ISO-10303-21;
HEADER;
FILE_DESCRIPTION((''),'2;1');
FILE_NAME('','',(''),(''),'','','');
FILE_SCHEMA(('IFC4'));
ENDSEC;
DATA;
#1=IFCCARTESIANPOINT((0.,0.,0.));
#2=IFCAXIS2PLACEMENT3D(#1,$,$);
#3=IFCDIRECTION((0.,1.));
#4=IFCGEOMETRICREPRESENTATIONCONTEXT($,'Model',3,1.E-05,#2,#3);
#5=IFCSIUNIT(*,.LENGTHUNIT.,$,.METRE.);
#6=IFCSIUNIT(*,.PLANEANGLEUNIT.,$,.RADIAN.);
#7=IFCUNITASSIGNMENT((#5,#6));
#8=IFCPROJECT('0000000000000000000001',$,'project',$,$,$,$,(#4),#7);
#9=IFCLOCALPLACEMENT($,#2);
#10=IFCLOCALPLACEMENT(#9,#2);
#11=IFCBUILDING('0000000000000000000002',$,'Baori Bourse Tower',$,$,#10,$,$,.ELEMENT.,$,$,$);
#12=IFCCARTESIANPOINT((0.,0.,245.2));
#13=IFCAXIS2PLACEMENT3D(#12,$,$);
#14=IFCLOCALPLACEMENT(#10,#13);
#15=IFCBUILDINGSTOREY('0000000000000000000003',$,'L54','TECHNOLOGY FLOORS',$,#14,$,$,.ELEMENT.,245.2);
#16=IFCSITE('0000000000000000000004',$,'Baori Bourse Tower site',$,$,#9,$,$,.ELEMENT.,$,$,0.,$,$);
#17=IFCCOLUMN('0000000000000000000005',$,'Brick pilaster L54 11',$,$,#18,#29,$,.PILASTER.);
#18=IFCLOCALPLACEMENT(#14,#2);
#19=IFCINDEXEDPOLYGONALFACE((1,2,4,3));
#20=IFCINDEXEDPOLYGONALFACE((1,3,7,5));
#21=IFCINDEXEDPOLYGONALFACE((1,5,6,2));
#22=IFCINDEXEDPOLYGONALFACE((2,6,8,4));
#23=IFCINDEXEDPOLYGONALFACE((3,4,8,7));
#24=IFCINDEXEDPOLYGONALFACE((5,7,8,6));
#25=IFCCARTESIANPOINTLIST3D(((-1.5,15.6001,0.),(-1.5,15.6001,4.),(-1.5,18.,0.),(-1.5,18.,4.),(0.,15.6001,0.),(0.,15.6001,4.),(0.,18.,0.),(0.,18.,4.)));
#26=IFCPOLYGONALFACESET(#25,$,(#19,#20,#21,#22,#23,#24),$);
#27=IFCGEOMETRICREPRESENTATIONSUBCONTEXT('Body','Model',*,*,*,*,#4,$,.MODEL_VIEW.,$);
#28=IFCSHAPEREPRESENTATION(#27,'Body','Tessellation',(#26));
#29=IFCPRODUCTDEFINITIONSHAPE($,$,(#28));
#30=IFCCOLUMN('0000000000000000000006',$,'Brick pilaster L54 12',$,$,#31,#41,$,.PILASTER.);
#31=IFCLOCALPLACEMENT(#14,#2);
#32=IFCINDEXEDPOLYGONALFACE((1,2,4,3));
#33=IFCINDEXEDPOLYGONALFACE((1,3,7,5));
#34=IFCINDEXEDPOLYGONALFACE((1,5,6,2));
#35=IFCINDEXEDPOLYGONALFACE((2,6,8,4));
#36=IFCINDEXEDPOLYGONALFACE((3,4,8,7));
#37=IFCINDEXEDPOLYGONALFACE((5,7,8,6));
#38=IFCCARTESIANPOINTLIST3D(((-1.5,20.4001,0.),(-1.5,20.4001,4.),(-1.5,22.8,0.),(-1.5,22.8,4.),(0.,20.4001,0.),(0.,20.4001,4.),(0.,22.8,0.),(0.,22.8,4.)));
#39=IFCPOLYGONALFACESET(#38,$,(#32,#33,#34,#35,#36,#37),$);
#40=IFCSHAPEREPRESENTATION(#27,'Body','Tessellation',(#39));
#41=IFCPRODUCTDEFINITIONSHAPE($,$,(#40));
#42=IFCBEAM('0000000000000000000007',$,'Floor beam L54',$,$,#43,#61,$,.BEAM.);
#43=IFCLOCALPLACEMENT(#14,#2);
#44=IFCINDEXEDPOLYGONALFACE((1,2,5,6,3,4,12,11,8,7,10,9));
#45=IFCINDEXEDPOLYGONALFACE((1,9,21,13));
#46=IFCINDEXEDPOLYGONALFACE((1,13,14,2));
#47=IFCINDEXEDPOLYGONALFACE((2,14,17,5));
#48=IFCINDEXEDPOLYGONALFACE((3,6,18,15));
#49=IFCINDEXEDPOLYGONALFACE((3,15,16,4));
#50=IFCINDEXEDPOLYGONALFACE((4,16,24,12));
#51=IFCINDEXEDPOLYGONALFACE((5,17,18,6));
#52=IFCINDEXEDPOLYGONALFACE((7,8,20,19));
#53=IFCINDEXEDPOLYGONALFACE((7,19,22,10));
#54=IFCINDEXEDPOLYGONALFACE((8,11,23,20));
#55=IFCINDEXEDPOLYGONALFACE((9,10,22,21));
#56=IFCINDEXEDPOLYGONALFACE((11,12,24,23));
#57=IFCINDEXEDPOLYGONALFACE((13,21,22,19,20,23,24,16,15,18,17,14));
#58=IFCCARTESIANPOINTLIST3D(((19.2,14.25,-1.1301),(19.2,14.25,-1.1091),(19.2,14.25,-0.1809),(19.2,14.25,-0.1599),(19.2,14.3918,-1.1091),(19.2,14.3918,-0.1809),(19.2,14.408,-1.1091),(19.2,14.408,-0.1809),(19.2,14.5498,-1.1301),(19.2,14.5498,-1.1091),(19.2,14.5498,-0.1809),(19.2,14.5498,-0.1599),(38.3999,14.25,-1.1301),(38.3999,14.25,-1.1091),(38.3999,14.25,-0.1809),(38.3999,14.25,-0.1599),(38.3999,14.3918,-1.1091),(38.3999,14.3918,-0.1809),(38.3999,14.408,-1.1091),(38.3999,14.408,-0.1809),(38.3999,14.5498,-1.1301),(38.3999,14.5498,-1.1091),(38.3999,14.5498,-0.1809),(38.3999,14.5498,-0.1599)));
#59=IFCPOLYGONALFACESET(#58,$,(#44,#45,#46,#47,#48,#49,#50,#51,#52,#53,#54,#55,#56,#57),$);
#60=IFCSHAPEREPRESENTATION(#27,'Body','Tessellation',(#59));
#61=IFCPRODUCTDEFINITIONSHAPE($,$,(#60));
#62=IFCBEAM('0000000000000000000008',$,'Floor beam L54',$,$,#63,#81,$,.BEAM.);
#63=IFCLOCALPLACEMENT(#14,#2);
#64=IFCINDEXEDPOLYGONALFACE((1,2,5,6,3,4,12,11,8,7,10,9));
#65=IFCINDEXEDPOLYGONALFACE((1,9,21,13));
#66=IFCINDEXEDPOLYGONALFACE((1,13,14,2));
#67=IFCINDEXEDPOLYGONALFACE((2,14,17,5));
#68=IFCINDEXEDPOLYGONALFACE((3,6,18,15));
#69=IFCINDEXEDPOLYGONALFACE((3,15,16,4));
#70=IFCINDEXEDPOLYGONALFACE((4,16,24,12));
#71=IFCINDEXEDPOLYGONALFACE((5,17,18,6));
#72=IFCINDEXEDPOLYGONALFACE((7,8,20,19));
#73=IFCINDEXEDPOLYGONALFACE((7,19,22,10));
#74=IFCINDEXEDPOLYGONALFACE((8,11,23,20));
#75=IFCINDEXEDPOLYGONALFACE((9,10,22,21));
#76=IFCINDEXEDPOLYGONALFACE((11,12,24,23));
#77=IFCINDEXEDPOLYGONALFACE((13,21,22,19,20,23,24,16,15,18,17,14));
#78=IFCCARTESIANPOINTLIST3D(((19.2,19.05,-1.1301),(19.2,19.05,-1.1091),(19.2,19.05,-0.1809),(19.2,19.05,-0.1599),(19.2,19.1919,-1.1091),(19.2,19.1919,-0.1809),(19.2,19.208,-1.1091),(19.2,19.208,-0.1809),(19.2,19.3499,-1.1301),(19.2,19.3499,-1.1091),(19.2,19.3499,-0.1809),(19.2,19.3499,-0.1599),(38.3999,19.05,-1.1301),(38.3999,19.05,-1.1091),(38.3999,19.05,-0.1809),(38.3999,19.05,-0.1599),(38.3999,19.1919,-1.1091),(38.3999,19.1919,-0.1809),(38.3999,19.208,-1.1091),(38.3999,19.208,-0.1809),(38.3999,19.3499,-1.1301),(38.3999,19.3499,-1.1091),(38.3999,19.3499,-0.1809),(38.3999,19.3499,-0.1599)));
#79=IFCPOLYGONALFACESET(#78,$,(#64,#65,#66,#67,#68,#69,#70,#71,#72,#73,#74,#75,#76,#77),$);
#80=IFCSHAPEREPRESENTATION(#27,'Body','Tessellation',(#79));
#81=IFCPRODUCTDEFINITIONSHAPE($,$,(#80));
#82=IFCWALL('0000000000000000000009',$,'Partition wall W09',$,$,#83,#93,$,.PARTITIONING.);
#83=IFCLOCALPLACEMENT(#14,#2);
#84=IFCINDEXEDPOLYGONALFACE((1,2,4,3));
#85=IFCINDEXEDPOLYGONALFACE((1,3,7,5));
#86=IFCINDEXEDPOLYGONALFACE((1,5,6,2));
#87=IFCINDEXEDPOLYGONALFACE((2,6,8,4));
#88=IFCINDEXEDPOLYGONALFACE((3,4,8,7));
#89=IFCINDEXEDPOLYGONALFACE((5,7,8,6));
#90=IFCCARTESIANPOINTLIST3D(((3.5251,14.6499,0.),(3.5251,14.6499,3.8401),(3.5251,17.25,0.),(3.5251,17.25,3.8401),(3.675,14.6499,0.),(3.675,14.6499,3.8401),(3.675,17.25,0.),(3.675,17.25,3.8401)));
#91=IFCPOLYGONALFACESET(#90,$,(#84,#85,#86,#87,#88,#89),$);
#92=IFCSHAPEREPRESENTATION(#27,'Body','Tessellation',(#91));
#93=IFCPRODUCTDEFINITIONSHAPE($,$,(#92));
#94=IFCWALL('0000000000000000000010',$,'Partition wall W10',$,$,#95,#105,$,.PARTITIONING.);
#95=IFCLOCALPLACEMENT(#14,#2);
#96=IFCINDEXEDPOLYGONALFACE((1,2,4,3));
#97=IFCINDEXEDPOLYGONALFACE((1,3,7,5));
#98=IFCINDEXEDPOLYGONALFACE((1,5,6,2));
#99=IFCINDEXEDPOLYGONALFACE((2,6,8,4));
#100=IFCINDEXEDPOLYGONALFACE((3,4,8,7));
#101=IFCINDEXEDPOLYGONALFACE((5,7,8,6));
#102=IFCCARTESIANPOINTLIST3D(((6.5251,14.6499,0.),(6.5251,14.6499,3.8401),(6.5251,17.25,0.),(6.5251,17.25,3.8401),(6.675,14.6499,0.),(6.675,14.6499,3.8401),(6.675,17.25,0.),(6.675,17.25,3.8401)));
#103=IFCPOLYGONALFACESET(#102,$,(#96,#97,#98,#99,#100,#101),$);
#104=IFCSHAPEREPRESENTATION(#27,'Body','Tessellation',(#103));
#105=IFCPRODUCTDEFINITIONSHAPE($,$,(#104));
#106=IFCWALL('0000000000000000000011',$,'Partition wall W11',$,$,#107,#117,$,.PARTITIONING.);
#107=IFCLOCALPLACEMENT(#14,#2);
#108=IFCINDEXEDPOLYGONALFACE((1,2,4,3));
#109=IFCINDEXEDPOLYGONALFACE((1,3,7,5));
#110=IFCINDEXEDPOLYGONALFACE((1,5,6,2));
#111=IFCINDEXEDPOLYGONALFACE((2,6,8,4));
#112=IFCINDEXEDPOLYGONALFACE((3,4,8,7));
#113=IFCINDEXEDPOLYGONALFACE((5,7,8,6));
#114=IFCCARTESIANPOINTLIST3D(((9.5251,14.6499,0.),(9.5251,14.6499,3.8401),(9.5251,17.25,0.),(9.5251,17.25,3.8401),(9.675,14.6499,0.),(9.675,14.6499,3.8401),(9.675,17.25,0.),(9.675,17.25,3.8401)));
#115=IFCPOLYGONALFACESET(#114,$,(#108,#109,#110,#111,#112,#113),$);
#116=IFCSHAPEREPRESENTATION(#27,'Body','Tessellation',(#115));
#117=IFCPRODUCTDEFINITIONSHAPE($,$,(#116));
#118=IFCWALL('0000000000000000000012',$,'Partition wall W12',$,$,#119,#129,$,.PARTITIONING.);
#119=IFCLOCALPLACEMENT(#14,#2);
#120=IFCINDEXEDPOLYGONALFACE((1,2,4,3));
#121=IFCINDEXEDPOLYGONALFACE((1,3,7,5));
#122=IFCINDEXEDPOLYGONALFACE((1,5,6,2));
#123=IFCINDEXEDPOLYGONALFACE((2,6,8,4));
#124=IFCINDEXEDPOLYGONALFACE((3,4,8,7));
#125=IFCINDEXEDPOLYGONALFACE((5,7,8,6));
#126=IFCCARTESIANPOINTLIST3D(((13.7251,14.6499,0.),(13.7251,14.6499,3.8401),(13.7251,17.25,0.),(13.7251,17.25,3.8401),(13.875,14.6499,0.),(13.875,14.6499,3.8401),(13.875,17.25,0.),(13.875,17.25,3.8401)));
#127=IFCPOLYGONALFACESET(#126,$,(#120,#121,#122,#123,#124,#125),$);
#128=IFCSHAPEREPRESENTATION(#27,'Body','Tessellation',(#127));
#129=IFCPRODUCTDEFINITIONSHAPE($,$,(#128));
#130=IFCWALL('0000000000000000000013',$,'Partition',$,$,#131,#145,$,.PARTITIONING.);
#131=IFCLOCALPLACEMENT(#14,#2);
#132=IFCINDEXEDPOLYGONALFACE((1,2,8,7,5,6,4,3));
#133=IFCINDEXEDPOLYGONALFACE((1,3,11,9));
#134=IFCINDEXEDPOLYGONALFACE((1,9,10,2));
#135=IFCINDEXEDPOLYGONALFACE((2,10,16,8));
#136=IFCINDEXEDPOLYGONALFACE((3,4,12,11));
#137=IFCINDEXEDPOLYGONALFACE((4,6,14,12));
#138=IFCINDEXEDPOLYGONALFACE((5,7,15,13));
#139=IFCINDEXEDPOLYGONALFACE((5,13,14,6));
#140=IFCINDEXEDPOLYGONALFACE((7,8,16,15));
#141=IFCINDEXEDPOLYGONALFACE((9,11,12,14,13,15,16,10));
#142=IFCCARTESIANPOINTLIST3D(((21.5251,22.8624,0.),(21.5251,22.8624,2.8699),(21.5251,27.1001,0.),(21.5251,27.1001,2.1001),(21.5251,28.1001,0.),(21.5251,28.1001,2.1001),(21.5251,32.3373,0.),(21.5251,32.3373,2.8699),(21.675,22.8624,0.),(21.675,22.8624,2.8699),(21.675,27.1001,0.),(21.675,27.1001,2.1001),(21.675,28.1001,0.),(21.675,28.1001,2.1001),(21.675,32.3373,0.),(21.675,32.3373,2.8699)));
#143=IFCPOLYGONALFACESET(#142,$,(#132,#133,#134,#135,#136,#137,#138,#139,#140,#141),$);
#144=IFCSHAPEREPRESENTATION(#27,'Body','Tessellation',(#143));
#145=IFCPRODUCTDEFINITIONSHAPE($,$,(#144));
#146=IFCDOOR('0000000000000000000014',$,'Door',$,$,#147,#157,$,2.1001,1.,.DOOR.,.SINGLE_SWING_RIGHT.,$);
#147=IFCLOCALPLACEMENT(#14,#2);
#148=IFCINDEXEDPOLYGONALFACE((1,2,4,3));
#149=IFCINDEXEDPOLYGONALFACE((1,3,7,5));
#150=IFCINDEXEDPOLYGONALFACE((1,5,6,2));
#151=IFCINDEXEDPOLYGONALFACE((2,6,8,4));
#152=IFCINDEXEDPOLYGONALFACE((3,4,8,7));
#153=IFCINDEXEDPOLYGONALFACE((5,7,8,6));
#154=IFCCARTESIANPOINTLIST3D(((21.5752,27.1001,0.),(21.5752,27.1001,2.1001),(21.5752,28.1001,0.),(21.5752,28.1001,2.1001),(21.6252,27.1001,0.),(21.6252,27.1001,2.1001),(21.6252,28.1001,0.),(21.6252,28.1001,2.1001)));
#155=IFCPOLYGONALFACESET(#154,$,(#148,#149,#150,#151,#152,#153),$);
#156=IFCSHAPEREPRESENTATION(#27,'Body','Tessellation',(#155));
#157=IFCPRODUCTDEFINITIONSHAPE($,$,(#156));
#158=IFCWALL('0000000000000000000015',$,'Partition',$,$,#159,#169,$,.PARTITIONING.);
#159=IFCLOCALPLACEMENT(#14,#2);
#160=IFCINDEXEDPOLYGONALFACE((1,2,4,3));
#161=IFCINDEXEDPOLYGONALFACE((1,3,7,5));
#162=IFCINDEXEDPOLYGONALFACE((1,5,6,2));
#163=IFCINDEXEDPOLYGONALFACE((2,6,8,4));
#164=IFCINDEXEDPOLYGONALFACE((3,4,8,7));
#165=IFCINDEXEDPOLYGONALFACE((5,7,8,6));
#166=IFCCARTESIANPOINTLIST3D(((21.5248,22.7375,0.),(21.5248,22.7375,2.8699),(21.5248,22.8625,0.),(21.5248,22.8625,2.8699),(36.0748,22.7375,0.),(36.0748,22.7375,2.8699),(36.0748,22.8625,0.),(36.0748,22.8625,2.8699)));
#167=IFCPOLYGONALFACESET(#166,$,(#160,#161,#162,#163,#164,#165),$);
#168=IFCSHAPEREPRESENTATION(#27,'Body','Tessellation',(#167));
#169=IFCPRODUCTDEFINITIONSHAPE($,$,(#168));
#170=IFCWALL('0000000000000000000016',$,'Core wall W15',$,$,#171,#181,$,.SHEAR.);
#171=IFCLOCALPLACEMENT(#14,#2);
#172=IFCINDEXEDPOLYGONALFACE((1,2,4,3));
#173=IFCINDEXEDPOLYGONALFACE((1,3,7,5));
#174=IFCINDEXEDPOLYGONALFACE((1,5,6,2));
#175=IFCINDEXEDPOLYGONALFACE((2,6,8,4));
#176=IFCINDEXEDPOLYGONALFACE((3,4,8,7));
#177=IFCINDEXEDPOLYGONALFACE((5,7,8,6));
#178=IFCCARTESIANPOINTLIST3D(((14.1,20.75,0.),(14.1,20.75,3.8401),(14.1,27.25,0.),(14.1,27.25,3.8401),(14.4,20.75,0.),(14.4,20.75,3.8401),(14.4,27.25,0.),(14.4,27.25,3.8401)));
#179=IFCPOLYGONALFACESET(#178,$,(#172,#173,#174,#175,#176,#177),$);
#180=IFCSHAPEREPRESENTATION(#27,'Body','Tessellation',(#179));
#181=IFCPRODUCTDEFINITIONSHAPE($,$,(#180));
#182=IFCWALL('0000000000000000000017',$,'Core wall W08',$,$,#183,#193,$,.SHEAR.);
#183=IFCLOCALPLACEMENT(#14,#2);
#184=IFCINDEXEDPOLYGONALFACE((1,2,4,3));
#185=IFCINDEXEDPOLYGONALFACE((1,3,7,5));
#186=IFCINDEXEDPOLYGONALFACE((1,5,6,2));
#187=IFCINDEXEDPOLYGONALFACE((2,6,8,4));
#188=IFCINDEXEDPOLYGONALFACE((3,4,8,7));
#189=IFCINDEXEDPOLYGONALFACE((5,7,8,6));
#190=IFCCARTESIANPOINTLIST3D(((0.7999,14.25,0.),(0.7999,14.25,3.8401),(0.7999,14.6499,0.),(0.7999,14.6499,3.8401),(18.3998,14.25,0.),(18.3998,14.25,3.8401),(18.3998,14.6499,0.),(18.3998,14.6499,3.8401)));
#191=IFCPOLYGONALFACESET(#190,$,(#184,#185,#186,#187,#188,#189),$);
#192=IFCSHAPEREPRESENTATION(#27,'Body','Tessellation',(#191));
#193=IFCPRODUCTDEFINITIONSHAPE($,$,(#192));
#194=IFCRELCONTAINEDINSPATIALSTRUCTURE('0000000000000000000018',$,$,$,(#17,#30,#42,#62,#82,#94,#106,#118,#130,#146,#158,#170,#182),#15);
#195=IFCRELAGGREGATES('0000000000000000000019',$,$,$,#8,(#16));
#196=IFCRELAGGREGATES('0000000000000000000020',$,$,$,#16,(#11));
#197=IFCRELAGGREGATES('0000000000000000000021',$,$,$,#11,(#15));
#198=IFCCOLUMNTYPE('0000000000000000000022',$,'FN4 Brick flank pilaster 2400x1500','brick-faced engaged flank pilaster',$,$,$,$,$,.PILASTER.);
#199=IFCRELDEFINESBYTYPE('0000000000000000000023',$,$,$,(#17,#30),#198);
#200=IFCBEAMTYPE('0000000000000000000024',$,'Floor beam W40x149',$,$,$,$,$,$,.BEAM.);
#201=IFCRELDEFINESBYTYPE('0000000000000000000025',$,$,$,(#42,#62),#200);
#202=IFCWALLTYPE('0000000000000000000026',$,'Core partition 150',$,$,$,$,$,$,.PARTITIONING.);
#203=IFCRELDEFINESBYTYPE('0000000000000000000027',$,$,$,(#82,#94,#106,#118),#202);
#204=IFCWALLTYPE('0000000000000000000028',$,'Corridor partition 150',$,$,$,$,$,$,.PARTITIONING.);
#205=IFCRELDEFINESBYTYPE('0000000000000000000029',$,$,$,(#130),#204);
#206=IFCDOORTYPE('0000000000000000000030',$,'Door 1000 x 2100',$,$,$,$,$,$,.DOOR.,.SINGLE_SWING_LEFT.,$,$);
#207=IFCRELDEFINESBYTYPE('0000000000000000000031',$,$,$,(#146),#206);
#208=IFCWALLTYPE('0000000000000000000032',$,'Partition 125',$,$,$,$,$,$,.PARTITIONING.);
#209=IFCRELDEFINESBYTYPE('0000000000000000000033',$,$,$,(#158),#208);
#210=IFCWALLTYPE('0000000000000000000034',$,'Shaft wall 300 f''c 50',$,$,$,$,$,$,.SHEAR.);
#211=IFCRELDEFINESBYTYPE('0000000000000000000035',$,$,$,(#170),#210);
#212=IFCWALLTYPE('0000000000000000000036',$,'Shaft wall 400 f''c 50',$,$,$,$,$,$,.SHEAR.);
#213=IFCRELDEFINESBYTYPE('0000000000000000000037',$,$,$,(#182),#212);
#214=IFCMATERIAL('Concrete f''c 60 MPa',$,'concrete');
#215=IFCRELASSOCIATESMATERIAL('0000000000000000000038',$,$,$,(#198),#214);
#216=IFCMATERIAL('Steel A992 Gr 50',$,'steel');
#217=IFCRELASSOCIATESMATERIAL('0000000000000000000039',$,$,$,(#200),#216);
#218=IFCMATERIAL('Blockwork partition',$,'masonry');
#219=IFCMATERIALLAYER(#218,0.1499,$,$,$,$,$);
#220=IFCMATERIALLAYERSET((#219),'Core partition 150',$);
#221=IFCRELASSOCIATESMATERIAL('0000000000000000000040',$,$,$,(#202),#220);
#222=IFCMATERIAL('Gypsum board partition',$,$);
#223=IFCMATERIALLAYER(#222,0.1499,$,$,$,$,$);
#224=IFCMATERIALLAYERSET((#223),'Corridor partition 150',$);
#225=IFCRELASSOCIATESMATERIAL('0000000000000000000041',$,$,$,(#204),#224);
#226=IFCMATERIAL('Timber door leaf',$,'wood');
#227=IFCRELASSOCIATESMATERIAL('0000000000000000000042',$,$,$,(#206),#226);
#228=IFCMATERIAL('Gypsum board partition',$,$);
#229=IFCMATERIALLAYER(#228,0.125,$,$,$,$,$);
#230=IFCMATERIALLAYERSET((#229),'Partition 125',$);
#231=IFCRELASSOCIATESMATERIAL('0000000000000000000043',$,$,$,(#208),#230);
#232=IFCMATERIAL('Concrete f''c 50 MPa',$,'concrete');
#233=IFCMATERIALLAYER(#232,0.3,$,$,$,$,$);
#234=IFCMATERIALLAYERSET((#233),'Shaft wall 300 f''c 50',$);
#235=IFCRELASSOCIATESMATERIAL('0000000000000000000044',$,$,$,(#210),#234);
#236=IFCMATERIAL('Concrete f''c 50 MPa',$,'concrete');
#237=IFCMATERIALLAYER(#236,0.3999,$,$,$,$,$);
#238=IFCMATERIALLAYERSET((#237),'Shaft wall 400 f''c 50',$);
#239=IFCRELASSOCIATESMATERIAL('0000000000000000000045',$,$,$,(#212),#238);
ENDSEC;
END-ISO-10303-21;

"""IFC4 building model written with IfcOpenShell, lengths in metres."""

from ifc_helpers import new_model, si_unit, direction, frame, frame_2d, origin, origin_2d, place, context, subcontext, project, spatial, rectangle, i_section, extrude, material, layer, layer_set, material_profile, profile_set, type_object, element, fill, save


model = new_model("IFC4")

# Units and contexts
model_context = context("Model", 3, precision=1e-05, world=origin(), true_north=direction((0.0, 1.0)))
body_context = subcontext(model_context, "Body", "Model", "MODEL_VIEW")
ifc_project = project(units=[si_unit("LENGTHUNIT", "METRE"), si_unit("PLANEANGLEUNIT", "RADIAN")], contexts=[model_context])

# Site, building, storey
site_placement = place(None, origin())
site = spatial("IfcSite", under=ifc_project, at=site_placement, Name="Baori Bourse Tower site", CompositionType="ELEMENT", RefElevation=0.0)
building_placement = place(site_placement, origin())
building = spatial("IfcBuilding", under=site, at=building_placement, Name="Baori Bourse Tower", CompositionType="ELEMENT")
storey_placement = place(building_placement, frame((0.0, 0.0, 245.2)))
storey = spatial("IfcBuildingStorey", under=building, at=storey_placement, Name="L54", Description="TECHNOLOGY FLOORS", CompositionType="ELEMENT", Elevation=245.2)

# Columns
ifc_material_1 = material(Name="Concrete f'c 60 MPa", Category="concrete")
ifc_material_profile_1 = material_profile(ifc_material_1, rectangle(XDim=2.3999, YDim=1.5, at=origin_2d()), Name="RC 2400x1500")
ifc_profile_set_1 = profile_set([ifc_material_profile_1], Name="Concrete f'c 60 MPa")
column_type = type_object("IfcColumnType", Name="FN4 Brick flank pilaster 2400x1500", Description="brick-faced engaged flank pilaster", PredefinedType="PILASTER", material=ifc_profile_set_1)
for number, where, z_axis, x_axis, name in (
    (1, (-0.75, 16.8, 0.0), (0.0, 0.0, 1.0), (0.0, 1.0, 0.0), "Brick pilaster L54 11"),
    (2, (-0.75, 21.6001, 0.0), (0.0, 0.0, 1.0), (0.0, 1.0, 0.0), "Brick pilaster L54 12"),
):
    element("IfcColumn", number, at=place(storey_placement, frame(where, z_axis=z_axis, x_axis=x_axis)), inside=storey, type_object=column_type, Name=name, PredefinedType="PILASTER", context=body_context, shape_type="SweptSolid", body=[
        extrude(rectangle(XDim=2.3999, YDim=1.5, at=origin_2d()), origin(), (0.0, 0.0, 1.0), 4.0),
    ])

# Beams
ifc_material_2 = material(Name="Steel A992 Gr 50", Category="steel")
ifc_material_profile_2 = material_profile(ifc_material_2, i_section(OverallWidth=0.2998, OverallDepth=0.9702, WebThickness=0.0161, FlangeThickness=0.021, at=origin_2d()), Name="W40x149")
ifc_profile_set_2 = profile_set([ifc_material_profile_2], Name="Steel A992 Gr 50")
beam_type = type_object("IfcBeamType", Name="Floor beam W40x149", PredefinedType="BEAM", material=ifc_profile_set_2)
for number, where, z_axis, x_axis, name in (
    (3, (19.2, 14.3999, -0.645), (1.0, 0.0, 0.0), (0.0, 1.0, 0.0), "Floor beam L54"),
    (4, (19.2, 19.2, -0.645), (1.0, 0.0, 0.0), (0.0, 1.0, 0.0), "Floor beam L54"),
):
    element("IfcBeam", number, at=place(storey_placement, frame(where, z_axis=z_axis, x_axis=x_axis)), inside=storey, type_object=beam_type, Name=name, PredefinedType="BEAM", context=body_context, shape_type="SweptSolid", body=[
        extrude(i_section(OverallWidth=0.2998, OverallDepth=0.9702, WebThickness=0.0161, FlangeThickness=0.021, at=origin_2d()), origin(), (0.0, 0.0, 1.0), 19.2),
    ])

# Walls
ifc_material_3 = material(Name="Blockwork partition", Category="masonry")
ifc_layer_1 = layer(ifc_material_3, 0.1499)
ifc_layer_set_1 = layer_set([ifc_layer_1], Name="Core partition 150")
wall_type_1 = type_object("IfcWallType", Name="Core partition 150", PredefinedType="PARTITIONING", material=ifc_layer_set_1)
for number, where, z_axis, x_axis, name in (
    (5, (3.6001, 14.6499, 0.0), (0.0, 0.0, 1.0), (0.0, 1.0, 0.0), "Partition wall W09"),
    (6, (6.6001, 14.6499, 0.0), (0.0, 0.0, 1.0), (0.0, 1.0, 0.0), "Partition wall W10"),
    (7, (9.6001, 14.6499, 0.0), (0.0, 0.0, 1.0), (0.0, 1.0, 0.0), "Partition wall W11"),
    (8, (13.8, 14.6499, 0.0), (0.0, 0.0, 1.0), (0.0, 1.0, 0.0), "Partition wall W12"),
):
    element("IfcWall", number, at=place(storey_placement, frame(where, z_axis=z_axis, x_axis=x_axis)), inside=storey, type_object=wall_type_1, Name=name, PredefinedType="PARTITIONING", context=body_context, shape_type="SweptSolid", body=[
        extrude(rectangle(XDim=2.6001, YDim=0.1499, at=frame_2d((1.3, 0.0))), origin(), (0.0, 0.0, 1.0), 3.8401),
    ])

# Wall, opening, door
ifc_material_4 = material(Name="Gypsum board partition")
ifc_layer_2 = layer(ifc_material_4, 0.1499)
ifc_layer_set_2 = layer_set([ifc_layer_2], Name="Corridor partition 150")
wall_type_2 = type_object("IfcWallType", Name="Corridor partition 150", PredefinedType="PARTITIONING", material=ifc_layer_set_2)
wall_1_placement = place(storey_placement, frame((21.6001, 22.8625, 0.0), z_axis=(0.0, 0.0, 1.0), x_axis=(0.0, 1.0, 0.0)))
wall_1 = element("IfcWall", 9, at=wall_1_placement, inside=storey, type_object=wall_type_2, Name="Partition", PredefinedType="PARTITIONING", context=body_context, shape_type="SweptSolid", body=[
    extrude(rectangle(XDim=9.4749, YDim=0.1499, at=frame_2d((4.7373, 0.0))), origin(), (0.0, 0.0, 1.0), 2.8699),
])
opening_1_placement = place(wall_1_placement, frame((4.2375, 0.0, 0.0)))
opening_1 = element("IfcOpeningElement", 10, at=opening_1_placement, cuts=wall_1, PredefinedType="OPENING", context=body_context, shape_type="SweptSolid", body=[
    extrude(rectangle(XDim=1.0, YDim=2.1001, at=frame_2d((0.5, 1.05))), frame((0.0, 0.085, 0.0), z_axis=(0.0, -1.0, 0.0), x_axis=(1.0, 0.0, 0.0)), (0.0, 0.0, 1.0), 0.1699),
])
ifc_material_5 = material(Name="Timber door leaf", Category="wood")
door_type_1 = type_object("IfcDoorType", Name="Door 1000 x 2100", OperationType="SINGLE_SWING_LEFT", PredefinedType="DOOR", material=ifc_material_5)
door_1_placement = place(opening_1_placement, origin())
door_1 = element("IfcDoor", 11, at=door_1_placement, inside=storey, type_object=door_type_1, Name="Door", OperationType="SINGLE_SWING_RIGHT", OverallHeight=2.1001, OverallWidth=1.0, PredefinedType="DOOR", context=body_context, shape_type="SweptSolid", body=[
    extrude(rectangle(XDim=1.0, YDim=2.1001, at=frame_2d((0.5, 1.05))), frame((0.0, 0.0249, 0.0), z_axis=(0.0, -1.0, 0.0), x_axis=(1.0, 0.0, 0.0)), (0.0, 0.0, 1.0), 0.05),
])
fill(opening_1, door_1)

# Walls
ifc_material_6 = material(Name="Gypsum board partition")
ifc_layer_3 = layer(ifc_material_6, 0.125)
ifc_layer_set_3 = layer_set([ifc_layer_3], Name="Partition 125")
wall_type_3 = type_object("IfcWallType", Name="Partition 125", PredefinedType="PARTITIONING", material=ifc_layer_set_3)
wall_2_placement = place(storey_placement, frame((21.5249, 22.8, 0.0), z_axis=(0.0, 0.0, 1.0), x_axis=(1.0, 0.0, 0.0)))
element("IfcWall", 12, at=wall_2_placement, inside=storey, type_object=wall_type_3, Name="Partition", PredefinedType="PARTITIONING", context=body_context, shape_type="SweptSolid", body=[
    extrude(rectangle(XDim=14.55, YDim=0.125, at=frame_2d((7.2749, 0.0))), origin(), (0.0, 0.0, 1.0), 2.8699),
])
ifc_material_7 = material(Name="Concrete f'c 50 MPa", Category="concrete")
ifc_layer_4 = layer(ifc_material_7, 0.3)
ifc_layer_set_4 = layer_set([ifc_layer_4], Name="Shaft wall 300 f'c 50")
wall_type_4 = type_object("IfcWallType", Name="Shaft wall 300 f'c 50", PredefinedType="SHEAR", material=ifc_layer_set_4)
wall_3_placement = place(storey_placement, frame((14.25, 20.75, 0.0), z_axis=(0.0, 0.0, 1.0), x_axis=(0.0, 1.0, 0.0)))
element("IfcWall", 13, at=wall_3_placement, inside=storey, type_object=wall_type_4, Name="Core wall W15", PredefinedType="SHEAR", context=body_context, shape_type="SweptSolid", body=[
    extrude(rectangle(XDim=6.5, YDim=0.3, at=frame_2d((3.25, 0.0))), origin(), (0.0, 0.0, 1.0), 3.8401),
])
ifc_material_8 = material(Name="Concrete f'c 50 MPa", Category="concrete")
ifc_layer_5 = layer(ifc_material_8, 0.3999)
ifc_layer_set_5 = layer_set([ifc_layer_5], Name="Shaft wall 400 f'c 50")
wall_type_5 = type_object("IfcWallType", Name="Shaft wall 400 f'c 50", PredefinedType="SHEAR", material=ifc_layer_set_5)
wall_4_placement = place(storey_placement, frame((0.8, 14.45, 0.0), z_axis=(0.0, 0.0, 1.0), x_axis=(1.0, 0.0, 0.0)))
element("IfcWall", 14, at=wall_4_placement, inside=storey, type_object=wall_type_5, Name="Core wall W08", PredefinedType="SHEAR", context=body_context, shape_type="SweptSolid", body=[
    extrude(rectangle(XDim=17.5999, YDim=0.3999, at=frame_2d((8.7998, 0.0))), origin(), (0.0, 0.0, 1.0), 3.8401),
])

save(model, "model.ifc")
